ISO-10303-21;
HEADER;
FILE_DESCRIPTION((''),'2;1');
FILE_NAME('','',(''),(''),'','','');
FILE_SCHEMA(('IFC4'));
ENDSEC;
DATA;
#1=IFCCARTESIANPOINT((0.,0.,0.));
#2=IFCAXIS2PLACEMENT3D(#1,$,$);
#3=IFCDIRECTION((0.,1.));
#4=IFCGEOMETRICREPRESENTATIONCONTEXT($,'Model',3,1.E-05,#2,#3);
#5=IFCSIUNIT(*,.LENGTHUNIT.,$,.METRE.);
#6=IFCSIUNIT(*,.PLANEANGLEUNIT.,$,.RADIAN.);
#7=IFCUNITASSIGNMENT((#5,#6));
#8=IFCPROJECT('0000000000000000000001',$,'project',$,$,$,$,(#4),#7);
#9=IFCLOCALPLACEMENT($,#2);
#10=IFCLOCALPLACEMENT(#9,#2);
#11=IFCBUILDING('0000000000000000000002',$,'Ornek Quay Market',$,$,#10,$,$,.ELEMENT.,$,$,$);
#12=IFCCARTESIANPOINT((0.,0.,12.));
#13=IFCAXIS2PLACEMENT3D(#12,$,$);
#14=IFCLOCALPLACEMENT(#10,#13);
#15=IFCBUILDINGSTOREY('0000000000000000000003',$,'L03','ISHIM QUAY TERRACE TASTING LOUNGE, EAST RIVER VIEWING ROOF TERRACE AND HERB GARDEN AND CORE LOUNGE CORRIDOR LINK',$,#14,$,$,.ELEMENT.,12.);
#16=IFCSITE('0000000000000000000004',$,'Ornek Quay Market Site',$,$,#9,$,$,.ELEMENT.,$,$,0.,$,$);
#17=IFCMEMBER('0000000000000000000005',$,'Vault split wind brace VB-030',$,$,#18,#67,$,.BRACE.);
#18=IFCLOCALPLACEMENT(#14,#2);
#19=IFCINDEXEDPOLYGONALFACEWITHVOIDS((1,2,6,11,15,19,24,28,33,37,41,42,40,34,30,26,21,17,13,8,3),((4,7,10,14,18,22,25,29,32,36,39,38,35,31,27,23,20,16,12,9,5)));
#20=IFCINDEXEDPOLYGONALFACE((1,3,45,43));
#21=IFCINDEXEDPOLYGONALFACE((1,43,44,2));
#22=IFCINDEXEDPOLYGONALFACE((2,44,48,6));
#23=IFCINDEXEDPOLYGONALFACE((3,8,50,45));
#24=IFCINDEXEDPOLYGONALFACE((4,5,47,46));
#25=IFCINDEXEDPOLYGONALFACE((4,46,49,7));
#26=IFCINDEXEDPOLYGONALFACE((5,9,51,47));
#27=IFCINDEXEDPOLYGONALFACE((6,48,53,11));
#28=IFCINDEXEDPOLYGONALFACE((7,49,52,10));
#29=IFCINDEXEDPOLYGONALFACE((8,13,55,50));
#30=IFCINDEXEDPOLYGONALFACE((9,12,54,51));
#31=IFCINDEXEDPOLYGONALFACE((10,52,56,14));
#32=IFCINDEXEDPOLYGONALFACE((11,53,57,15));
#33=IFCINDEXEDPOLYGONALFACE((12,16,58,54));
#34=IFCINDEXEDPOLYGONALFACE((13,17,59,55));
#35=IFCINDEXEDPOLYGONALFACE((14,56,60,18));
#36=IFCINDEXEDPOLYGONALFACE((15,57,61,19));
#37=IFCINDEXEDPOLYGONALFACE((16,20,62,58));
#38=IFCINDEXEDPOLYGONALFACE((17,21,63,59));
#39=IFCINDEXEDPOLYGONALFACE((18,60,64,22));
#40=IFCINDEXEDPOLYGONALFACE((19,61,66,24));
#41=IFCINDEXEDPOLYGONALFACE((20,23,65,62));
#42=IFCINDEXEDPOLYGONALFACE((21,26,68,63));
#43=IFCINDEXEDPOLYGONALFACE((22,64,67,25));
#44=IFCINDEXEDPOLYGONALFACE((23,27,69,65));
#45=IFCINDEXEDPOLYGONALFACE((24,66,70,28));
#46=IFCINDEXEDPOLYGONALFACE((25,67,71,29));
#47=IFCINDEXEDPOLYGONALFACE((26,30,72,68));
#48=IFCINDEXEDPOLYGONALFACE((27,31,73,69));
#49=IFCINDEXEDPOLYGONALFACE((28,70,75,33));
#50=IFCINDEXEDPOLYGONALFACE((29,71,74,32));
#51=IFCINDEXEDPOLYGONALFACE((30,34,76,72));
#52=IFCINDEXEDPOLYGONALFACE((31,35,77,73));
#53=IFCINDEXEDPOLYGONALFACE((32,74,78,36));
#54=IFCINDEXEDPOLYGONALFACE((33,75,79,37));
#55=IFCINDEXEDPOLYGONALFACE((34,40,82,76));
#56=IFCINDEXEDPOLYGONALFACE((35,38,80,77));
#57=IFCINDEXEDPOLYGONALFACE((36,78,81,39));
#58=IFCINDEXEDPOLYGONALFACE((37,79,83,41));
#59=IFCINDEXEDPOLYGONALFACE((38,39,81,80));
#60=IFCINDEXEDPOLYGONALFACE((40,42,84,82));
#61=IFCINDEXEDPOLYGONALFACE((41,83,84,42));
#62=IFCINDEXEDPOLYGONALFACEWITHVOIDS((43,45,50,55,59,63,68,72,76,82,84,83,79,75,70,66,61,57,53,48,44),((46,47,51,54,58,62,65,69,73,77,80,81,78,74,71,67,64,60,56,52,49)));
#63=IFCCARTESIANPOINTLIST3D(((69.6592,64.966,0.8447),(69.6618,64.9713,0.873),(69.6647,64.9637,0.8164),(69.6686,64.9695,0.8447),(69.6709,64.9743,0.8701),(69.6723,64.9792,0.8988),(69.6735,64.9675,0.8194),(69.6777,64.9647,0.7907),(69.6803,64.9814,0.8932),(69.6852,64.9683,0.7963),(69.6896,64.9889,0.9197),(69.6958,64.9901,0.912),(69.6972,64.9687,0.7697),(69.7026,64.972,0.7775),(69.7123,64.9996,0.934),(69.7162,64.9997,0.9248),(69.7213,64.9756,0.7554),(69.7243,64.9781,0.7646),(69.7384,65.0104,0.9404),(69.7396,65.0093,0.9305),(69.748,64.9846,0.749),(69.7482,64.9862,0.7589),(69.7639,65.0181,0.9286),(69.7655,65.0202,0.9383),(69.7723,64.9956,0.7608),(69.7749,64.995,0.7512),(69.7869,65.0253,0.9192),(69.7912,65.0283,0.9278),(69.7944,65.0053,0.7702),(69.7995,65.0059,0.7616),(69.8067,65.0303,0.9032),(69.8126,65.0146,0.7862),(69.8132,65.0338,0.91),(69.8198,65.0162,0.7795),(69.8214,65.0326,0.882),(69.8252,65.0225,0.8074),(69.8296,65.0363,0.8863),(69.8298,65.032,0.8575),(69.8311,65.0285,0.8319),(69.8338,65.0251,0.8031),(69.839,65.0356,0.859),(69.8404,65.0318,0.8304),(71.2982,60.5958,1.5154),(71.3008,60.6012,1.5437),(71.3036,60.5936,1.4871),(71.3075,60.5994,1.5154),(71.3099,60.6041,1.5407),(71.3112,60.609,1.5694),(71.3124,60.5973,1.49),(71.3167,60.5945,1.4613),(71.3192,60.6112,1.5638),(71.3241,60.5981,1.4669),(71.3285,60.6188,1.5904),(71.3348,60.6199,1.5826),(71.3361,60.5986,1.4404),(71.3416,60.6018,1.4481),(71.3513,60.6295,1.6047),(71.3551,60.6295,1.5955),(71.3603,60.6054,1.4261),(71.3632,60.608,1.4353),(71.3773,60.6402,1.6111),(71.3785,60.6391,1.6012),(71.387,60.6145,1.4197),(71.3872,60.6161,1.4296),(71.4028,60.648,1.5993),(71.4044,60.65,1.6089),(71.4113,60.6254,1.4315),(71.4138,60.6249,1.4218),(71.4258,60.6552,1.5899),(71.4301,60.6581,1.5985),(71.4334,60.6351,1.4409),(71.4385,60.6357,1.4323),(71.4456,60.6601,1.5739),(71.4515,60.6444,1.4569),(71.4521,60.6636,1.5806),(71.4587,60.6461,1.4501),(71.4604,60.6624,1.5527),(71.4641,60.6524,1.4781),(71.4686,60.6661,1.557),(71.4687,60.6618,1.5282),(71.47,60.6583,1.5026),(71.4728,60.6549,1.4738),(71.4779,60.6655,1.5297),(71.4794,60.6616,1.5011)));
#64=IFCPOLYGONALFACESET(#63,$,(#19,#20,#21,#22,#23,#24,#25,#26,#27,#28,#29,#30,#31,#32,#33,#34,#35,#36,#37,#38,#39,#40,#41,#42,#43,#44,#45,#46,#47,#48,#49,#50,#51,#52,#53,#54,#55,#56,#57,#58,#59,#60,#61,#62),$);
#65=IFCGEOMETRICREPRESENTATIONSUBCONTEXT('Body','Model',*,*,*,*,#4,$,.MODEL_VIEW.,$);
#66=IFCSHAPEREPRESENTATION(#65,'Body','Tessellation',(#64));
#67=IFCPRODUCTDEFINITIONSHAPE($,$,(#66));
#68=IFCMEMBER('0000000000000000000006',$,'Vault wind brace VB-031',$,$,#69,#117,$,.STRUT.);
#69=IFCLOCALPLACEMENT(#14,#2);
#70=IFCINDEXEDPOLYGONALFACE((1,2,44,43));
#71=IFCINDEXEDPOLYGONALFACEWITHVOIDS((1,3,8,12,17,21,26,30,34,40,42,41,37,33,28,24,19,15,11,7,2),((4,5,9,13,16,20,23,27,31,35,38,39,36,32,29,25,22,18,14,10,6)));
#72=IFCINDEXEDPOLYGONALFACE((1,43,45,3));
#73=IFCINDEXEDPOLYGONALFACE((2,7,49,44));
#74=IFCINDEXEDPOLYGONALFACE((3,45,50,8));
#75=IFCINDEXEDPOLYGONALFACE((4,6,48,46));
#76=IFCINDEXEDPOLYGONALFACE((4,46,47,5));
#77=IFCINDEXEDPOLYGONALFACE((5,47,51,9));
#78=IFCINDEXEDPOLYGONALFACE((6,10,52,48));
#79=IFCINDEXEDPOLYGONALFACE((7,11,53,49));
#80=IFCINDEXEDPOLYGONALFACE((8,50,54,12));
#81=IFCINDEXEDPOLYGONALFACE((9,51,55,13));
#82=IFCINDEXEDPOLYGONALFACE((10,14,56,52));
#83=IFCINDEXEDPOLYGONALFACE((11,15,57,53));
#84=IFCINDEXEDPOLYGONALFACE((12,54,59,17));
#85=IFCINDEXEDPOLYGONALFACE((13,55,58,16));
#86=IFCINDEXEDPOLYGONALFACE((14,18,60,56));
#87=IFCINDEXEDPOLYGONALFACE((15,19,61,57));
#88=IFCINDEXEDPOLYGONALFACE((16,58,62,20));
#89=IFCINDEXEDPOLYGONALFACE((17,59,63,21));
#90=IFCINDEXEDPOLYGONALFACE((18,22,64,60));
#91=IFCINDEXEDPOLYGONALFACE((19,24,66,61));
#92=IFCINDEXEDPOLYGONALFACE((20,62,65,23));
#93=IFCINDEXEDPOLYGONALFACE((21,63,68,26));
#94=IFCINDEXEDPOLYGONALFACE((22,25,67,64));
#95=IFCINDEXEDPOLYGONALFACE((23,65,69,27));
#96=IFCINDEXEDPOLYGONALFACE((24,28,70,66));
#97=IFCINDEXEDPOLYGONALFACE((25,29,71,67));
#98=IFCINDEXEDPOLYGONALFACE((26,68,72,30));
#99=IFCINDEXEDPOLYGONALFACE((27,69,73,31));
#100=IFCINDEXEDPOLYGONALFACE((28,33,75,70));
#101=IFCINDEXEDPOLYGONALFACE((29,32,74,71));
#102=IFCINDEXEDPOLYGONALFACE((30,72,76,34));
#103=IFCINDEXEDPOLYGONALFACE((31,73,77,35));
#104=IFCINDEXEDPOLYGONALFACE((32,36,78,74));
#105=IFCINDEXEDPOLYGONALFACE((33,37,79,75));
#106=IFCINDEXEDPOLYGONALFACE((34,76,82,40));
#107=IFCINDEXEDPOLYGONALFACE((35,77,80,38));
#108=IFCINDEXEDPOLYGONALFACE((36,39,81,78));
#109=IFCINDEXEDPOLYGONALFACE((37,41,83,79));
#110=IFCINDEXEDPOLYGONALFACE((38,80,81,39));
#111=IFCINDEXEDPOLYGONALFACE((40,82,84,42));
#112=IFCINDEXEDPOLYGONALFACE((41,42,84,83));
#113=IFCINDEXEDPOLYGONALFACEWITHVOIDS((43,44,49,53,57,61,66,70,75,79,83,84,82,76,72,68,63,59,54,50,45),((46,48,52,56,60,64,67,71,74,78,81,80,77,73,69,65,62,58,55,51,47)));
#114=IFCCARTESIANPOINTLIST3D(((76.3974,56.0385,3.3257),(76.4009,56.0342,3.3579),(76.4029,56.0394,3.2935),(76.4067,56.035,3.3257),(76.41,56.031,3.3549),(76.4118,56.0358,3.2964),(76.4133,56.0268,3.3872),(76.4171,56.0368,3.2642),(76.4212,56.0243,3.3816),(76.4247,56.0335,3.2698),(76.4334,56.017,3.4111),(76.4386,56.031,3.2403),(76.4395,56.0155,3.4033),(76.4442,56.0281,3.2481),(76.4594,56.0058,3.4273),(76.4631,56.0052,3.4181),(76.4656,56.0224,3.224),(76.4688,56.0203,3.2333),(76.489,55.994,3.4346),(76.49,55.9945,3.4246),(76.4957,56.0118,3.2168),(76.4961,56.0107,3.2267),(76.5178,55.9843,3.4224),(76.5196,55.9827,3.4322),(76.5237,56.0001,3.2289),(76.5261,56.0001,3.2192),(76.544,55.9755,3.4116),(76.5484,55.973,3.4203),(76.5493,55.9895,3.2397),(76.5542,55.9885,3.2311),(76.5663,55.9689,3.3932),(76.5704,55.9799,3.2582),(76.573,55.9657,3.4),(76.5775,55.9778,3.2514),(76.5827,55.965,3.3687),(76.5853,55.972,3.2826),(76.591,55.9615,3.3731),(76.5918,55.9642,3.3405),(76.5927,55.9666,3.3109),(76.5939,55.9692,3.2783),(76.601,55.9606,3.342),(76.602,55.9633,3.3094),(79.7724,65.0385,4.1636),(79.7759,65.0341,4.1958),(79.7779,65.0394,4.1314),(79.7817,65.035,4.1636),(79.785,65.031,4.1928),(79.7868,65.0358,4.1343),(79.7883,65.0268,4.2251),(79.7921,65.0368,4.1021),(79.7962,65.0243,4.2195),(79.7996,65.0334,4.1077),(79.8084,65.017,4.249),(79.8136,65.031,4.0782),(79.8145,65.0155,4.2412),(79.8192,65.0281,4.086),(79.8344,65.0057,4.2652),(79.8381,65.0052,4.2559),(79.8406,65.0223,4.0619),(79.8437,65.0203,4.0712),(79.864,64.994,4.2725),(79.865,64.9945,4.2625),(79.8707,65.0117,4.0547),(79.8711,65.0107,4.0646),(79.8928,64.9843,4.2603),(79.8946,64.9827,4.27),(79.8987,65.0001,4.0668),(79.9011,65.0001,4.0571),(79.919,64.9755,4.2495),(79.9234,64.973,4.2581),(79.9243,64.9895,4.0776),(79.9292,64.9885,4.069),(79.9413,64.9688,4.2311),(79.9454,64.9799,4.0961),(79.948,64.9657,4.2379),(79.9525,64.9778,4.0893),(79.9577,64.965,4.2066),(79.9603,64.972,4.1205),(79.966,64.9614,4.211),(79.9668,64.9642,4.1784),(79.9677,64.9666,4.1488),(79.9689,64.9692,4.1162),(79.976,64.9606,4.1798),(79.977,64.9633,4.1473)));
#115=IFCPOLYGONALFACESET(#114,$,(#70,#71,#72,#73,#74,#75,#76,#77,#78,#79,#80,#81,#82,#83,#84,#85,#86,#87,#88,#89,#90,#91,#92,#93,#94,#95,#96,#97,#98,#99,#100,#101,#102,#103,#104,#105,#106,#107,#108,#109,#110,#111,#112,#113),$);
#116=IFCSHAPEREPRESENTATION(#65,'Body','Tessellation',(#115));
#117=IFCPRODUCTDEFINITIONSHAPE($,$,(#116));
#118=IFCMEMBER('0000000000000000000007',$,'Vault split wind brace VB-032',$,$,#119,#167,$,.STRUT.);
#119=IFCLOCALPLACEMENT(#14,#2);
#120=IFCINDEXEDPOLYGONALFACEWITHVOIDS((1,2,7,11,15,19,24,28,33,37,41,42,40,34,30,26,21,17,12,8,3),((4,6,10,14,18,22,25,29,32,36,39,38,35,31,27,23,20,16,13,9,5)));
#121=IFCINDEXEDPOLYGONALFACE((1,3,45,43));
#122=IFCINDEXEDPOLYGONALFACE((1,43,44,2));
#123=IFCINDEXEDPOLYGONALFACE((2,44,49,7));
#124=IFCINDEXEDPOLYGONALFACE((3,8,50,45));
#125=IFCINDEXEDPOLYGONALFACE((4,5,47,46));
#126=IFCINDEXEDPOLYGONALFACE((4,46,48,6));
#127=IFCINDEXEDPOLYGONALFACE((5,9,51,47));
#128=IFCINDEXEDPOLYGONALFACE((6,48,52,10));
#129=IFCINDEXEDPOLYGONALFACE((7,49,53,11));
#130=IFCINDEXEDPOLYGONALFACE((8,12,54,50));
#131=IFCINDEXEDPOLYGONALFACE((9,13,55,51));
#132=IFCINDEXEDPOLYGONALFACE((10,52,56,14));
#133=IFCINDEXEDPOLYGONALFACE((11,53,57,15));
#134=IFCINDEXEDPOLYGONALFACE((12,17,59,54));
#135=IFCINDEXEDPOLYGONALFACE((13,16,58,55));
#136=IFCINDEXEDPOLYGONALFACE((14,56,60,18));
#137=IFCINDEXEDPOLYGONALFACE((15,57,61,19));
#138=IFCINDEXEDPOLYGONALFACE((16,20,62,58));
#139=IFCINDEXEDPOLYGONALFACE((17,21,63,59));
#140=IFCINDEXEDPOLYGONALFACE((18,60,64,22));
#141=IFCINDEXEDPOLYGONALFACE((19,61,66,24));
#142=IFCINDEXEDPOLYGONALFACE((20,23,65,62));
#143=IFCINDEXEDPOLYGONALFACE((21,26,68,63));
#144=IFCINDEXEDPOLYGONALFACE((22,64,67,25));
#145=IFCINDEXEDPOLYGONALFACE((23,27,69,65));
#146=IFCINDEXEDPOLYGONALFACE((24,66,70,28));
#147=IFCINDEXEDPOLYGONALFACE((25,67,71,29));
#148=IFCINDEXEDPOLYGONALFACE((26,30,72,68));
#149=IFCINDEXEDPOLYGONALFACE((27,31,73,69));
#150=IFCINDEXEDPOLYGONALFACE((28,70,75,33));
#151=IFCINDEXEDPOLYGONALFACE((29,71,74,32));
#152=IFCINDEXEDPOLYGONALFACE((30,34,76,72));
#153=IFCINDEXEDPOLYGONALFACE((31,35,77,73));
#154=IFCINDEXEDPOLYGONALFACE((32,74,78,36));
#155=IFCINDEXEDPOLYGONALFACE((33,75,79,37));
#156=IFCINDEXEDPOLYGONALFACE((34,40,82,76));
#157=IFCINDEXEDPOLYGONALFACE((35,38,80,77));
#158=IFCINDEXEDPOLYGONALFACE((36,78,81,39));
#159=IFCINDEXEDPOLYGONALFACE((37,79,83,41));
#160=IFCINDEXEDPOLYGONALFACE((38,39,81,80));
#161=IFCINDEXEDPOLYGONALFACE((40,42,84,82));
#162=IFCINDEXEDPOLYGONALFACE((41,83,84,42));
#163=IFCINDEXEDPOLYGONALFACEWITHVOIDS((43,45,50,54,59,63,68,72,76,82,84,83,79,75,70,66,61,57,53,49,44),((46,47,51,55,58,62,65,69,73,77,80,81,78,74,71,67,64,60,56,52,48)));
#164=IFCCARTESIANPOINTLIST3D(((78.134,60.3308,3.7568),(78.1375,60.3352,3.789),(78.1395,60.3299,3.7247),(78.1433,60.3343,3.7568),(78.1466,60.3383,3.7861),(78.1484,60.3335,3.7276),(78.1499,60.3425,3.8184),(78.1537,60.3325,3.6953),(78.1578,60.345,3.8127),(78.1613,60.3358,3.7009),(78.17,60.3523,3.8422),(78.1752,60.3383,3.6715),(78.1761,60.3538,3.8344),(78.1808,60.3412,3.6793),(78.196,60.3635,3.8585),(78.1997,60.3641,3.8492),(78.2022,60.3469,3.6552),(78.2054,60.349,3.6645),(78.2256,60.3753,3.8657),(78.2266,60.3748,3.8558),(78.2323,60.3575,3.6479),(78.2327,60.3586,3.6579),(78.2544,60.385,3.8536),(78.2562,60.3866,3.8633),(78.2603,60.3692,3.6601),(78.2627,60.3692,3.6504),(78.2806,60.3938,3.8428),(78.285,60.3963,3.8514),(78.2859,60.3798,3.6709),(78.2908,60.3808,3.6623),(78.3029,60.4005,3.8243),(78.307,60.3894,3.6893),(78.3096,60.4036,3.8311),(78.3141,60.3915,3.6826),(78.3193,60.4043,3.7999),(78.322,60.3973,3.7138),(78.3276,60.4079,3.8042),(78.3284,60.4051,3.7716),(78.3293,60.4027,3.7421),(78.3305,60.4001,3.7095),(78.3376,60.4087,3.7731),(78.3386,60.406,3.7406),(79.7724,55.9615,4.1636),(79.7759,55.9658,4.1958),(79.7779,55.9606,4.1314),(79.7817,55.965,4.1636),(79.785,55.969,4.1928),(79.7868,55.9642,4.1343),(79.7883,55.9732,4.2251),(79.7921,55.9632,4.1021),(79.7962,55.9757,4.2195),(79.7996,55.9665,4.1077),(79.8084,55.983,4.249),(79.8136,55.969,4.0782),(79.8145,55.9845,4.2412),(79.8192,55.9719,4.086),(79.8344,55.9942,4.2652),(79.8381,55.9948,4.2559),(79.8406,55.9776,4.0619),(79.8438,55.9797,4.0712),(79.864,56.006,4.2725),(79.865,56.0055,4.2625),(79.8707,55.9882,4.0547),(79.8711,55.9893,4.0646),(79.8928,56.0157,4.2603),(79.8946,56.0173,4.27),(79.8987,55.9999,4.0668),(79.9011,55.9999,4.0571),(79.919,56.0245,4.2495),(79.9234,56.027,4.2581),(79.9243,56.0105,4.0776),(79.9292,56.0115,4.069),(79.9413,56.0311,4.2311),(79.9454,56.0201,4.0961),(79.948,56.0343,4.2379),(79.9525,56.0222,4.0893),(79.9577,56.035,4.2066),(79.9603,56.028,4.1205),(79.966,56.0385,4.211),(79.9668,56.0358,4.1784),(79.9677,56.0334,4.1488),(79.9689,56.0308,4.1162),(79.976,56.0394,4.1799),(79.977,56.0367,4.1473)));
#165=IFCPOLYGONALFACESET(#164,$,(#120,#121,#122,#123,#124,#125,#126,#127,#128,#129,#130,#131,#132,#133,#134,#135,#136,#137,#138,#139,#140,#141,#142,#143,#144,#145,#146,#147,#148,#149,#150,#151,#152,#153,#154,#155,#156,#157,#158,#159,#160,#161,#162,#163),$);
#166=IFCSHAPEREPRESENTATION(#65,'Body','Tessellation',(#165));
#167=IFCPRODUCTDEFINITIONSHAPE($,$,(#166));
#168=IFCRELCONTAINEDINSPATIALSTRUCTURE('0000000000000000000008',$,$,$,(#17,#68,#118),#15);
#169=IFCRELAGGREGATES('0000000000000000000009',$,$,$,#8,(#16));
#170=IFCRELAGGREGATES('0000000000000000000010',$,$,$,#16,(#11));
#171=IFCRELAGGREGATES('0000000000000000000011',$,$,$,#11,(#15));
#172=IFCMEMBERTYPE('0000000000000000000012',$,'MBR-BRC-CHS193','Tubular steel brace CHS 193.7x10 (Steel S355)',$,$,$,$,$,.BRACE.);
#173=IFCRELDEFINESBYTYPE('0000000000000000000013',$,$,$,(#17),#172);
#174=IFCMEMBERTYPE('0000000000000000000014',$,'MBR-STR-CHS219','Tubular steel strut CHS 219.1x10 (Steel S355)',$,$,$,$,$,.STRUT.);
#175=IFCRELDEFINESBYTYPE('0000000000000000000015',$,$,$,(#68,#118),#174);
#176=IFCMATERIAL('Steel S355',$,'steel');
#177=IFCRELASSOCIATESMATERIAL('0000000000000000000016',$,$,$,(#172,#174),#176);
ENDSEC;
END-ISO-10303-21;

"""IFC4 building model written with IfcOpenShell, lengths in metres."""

from ifc_helpers import new_model, si_unit, direction, frame, origin, origin_2d, place, context, subcontext, project, spatial, hollow_circle, extrude, material, material_profile, profile_set, type_object, element, save


model = new_model("IFC4")

# Units and contexts
model_context = context("Model", 3, precision=1e-05, world=origin(), true_north=direction((0.0, 1.0)))
body_context = subcontext(model_context, "Body", "Model", "MODEL_VIEW")
ifc_project = project(units=[si_unit("LENGTHUNIT", "METRE"), si_unit("PLANEANGLEUNIT", "RADIAN")], contexts=[model_context])

# Site, building, storey
site_placement = place(None, origin())
site = spatial("IfcSite", under=ifc_project, at=site_placement, Name="Ornek Quay Market Site", CompositionType="ELEMENT", RefElevation=0.0)
building_placement = place(site_placement, origin())
building = spatial("IfcBuilding", under=site, at=building_placement, Name="Ornek Quay Market", CompositionType="ELEMENT")
storey_placement = place(building_placement, frame((0.0, 0.0, 12.0)))
storey = spatial("IfcBuildingStorey", under=building, at=storey_placement, Name="L03", Description="ISHIM QUAY TERRACE TASTING LOUNGE, EAST RIVER VIEWING ROOF TERRACE AND HERB GARDEN AND CORE LOUNGE CORRIDOR LINK", CompositionType="ELEMENT", Elevation=12.0)

# Shared definitions
ifc_material_1 = material(Name="Steel S355", Category="steel")

# Members
ifc_material_profile_1 = material_profile(ifc_material_1, hollow_circle(Radius=0.0969, WallThickness=0.01, at=origin_2d()), Name="CHS 193.7x10", Category="steel")
ifc_profile_set_1 = profile_set([ifc_material_profile_1], Name="Steel S355")
member_type_1 = type_object("IfcMemberType", Name="MBR-BRC-CHS193", Description="Tubular steel brace CHS 193.7x10 (Steel S355)", PredefinedType="BRACE", material=ifc_profile_set_1)
member_1_placement = place(storey_placement, frame((71.3889, 60.6299, 1.5154), z_axis=(-0.347576, 0.926802, -0.14223), x_axis=(-0.936321, -0.351146, 0.0)))
element("IfcMember", 1, at=member_1_placement, inside=storey, type_object=member_type_1, Name="Vault split wind brace VB-030", PredefinedType="BRACE", context=body_context, shape_type="SweptSolid", body=[
    extrude(hollow_circle(Radius=0.0969, WallThickness=0.01, at=origin_2d()), origin(), (0.0, 0.0, 1.0), 4.7153),
])
ifc_material_profile_2 = material_profile(ifc_material_1, hollow_circle(Radius=0.1096, WallThickness=0.01, at=origin_2d()), Name="CHS 219.1x10", Category="steel")
ifc_profile_set_2 = profile_set([ifc_material_profile_2], Name="Steel S355")
member_type_2 = type_object("IfcMemberType", Name="MBR-STR-CHS219", Description="Tubular steel strut CHS 219.1x10 (Steel S355)", PredefinedType="STRUT", material=ifc_profile_set_2)
member_2_placement = place(storey_placement, frame((76.5, 56.0, 3.3257), z_axis=(0.349797, 0.932792, 0.086842), x_axis=(-0.936329, 0.351123, 0.0)))
element("IfcMember", 2, at=member_2_placement, inside=storey, type_object=member_type_2, Name="Vault wind brace VB-031", PredefinedType="STRUT", context=body_context, shape_type="SweptSolid", body=[
    extrude(hollow_circle(Radius=0.1096, WallThickness=0.01, at=origin_2d()), origin(), (0.0, 0.0, 1.0), 9.6484),
])
for number, where, z_axis, x_axis, name in (
    (3, (79.875, 56.0, 4.1636), (-0.34978, 0.932799, -0.086833), (-0.936336, -0.351106, 0.0), "Vault split wind brace VB-032"),
):
    element("IfcMember", number, at=place(storey_placement, frame(where, z_axis=z_axis, x_axis=x_axis)), inside=storey, type_object=member_type_2, Name=name, PredefinedType="STRUT", context=body_context, shape_type="SweptSolid", body=[
        extrude(hollow_circle(Radius=0.1096, WallThickness=0.01, at=origin_2d()), origin(), (0.0, 0.0, 1.0), 4.6841),
    ])

save(model, "model.ifc")
